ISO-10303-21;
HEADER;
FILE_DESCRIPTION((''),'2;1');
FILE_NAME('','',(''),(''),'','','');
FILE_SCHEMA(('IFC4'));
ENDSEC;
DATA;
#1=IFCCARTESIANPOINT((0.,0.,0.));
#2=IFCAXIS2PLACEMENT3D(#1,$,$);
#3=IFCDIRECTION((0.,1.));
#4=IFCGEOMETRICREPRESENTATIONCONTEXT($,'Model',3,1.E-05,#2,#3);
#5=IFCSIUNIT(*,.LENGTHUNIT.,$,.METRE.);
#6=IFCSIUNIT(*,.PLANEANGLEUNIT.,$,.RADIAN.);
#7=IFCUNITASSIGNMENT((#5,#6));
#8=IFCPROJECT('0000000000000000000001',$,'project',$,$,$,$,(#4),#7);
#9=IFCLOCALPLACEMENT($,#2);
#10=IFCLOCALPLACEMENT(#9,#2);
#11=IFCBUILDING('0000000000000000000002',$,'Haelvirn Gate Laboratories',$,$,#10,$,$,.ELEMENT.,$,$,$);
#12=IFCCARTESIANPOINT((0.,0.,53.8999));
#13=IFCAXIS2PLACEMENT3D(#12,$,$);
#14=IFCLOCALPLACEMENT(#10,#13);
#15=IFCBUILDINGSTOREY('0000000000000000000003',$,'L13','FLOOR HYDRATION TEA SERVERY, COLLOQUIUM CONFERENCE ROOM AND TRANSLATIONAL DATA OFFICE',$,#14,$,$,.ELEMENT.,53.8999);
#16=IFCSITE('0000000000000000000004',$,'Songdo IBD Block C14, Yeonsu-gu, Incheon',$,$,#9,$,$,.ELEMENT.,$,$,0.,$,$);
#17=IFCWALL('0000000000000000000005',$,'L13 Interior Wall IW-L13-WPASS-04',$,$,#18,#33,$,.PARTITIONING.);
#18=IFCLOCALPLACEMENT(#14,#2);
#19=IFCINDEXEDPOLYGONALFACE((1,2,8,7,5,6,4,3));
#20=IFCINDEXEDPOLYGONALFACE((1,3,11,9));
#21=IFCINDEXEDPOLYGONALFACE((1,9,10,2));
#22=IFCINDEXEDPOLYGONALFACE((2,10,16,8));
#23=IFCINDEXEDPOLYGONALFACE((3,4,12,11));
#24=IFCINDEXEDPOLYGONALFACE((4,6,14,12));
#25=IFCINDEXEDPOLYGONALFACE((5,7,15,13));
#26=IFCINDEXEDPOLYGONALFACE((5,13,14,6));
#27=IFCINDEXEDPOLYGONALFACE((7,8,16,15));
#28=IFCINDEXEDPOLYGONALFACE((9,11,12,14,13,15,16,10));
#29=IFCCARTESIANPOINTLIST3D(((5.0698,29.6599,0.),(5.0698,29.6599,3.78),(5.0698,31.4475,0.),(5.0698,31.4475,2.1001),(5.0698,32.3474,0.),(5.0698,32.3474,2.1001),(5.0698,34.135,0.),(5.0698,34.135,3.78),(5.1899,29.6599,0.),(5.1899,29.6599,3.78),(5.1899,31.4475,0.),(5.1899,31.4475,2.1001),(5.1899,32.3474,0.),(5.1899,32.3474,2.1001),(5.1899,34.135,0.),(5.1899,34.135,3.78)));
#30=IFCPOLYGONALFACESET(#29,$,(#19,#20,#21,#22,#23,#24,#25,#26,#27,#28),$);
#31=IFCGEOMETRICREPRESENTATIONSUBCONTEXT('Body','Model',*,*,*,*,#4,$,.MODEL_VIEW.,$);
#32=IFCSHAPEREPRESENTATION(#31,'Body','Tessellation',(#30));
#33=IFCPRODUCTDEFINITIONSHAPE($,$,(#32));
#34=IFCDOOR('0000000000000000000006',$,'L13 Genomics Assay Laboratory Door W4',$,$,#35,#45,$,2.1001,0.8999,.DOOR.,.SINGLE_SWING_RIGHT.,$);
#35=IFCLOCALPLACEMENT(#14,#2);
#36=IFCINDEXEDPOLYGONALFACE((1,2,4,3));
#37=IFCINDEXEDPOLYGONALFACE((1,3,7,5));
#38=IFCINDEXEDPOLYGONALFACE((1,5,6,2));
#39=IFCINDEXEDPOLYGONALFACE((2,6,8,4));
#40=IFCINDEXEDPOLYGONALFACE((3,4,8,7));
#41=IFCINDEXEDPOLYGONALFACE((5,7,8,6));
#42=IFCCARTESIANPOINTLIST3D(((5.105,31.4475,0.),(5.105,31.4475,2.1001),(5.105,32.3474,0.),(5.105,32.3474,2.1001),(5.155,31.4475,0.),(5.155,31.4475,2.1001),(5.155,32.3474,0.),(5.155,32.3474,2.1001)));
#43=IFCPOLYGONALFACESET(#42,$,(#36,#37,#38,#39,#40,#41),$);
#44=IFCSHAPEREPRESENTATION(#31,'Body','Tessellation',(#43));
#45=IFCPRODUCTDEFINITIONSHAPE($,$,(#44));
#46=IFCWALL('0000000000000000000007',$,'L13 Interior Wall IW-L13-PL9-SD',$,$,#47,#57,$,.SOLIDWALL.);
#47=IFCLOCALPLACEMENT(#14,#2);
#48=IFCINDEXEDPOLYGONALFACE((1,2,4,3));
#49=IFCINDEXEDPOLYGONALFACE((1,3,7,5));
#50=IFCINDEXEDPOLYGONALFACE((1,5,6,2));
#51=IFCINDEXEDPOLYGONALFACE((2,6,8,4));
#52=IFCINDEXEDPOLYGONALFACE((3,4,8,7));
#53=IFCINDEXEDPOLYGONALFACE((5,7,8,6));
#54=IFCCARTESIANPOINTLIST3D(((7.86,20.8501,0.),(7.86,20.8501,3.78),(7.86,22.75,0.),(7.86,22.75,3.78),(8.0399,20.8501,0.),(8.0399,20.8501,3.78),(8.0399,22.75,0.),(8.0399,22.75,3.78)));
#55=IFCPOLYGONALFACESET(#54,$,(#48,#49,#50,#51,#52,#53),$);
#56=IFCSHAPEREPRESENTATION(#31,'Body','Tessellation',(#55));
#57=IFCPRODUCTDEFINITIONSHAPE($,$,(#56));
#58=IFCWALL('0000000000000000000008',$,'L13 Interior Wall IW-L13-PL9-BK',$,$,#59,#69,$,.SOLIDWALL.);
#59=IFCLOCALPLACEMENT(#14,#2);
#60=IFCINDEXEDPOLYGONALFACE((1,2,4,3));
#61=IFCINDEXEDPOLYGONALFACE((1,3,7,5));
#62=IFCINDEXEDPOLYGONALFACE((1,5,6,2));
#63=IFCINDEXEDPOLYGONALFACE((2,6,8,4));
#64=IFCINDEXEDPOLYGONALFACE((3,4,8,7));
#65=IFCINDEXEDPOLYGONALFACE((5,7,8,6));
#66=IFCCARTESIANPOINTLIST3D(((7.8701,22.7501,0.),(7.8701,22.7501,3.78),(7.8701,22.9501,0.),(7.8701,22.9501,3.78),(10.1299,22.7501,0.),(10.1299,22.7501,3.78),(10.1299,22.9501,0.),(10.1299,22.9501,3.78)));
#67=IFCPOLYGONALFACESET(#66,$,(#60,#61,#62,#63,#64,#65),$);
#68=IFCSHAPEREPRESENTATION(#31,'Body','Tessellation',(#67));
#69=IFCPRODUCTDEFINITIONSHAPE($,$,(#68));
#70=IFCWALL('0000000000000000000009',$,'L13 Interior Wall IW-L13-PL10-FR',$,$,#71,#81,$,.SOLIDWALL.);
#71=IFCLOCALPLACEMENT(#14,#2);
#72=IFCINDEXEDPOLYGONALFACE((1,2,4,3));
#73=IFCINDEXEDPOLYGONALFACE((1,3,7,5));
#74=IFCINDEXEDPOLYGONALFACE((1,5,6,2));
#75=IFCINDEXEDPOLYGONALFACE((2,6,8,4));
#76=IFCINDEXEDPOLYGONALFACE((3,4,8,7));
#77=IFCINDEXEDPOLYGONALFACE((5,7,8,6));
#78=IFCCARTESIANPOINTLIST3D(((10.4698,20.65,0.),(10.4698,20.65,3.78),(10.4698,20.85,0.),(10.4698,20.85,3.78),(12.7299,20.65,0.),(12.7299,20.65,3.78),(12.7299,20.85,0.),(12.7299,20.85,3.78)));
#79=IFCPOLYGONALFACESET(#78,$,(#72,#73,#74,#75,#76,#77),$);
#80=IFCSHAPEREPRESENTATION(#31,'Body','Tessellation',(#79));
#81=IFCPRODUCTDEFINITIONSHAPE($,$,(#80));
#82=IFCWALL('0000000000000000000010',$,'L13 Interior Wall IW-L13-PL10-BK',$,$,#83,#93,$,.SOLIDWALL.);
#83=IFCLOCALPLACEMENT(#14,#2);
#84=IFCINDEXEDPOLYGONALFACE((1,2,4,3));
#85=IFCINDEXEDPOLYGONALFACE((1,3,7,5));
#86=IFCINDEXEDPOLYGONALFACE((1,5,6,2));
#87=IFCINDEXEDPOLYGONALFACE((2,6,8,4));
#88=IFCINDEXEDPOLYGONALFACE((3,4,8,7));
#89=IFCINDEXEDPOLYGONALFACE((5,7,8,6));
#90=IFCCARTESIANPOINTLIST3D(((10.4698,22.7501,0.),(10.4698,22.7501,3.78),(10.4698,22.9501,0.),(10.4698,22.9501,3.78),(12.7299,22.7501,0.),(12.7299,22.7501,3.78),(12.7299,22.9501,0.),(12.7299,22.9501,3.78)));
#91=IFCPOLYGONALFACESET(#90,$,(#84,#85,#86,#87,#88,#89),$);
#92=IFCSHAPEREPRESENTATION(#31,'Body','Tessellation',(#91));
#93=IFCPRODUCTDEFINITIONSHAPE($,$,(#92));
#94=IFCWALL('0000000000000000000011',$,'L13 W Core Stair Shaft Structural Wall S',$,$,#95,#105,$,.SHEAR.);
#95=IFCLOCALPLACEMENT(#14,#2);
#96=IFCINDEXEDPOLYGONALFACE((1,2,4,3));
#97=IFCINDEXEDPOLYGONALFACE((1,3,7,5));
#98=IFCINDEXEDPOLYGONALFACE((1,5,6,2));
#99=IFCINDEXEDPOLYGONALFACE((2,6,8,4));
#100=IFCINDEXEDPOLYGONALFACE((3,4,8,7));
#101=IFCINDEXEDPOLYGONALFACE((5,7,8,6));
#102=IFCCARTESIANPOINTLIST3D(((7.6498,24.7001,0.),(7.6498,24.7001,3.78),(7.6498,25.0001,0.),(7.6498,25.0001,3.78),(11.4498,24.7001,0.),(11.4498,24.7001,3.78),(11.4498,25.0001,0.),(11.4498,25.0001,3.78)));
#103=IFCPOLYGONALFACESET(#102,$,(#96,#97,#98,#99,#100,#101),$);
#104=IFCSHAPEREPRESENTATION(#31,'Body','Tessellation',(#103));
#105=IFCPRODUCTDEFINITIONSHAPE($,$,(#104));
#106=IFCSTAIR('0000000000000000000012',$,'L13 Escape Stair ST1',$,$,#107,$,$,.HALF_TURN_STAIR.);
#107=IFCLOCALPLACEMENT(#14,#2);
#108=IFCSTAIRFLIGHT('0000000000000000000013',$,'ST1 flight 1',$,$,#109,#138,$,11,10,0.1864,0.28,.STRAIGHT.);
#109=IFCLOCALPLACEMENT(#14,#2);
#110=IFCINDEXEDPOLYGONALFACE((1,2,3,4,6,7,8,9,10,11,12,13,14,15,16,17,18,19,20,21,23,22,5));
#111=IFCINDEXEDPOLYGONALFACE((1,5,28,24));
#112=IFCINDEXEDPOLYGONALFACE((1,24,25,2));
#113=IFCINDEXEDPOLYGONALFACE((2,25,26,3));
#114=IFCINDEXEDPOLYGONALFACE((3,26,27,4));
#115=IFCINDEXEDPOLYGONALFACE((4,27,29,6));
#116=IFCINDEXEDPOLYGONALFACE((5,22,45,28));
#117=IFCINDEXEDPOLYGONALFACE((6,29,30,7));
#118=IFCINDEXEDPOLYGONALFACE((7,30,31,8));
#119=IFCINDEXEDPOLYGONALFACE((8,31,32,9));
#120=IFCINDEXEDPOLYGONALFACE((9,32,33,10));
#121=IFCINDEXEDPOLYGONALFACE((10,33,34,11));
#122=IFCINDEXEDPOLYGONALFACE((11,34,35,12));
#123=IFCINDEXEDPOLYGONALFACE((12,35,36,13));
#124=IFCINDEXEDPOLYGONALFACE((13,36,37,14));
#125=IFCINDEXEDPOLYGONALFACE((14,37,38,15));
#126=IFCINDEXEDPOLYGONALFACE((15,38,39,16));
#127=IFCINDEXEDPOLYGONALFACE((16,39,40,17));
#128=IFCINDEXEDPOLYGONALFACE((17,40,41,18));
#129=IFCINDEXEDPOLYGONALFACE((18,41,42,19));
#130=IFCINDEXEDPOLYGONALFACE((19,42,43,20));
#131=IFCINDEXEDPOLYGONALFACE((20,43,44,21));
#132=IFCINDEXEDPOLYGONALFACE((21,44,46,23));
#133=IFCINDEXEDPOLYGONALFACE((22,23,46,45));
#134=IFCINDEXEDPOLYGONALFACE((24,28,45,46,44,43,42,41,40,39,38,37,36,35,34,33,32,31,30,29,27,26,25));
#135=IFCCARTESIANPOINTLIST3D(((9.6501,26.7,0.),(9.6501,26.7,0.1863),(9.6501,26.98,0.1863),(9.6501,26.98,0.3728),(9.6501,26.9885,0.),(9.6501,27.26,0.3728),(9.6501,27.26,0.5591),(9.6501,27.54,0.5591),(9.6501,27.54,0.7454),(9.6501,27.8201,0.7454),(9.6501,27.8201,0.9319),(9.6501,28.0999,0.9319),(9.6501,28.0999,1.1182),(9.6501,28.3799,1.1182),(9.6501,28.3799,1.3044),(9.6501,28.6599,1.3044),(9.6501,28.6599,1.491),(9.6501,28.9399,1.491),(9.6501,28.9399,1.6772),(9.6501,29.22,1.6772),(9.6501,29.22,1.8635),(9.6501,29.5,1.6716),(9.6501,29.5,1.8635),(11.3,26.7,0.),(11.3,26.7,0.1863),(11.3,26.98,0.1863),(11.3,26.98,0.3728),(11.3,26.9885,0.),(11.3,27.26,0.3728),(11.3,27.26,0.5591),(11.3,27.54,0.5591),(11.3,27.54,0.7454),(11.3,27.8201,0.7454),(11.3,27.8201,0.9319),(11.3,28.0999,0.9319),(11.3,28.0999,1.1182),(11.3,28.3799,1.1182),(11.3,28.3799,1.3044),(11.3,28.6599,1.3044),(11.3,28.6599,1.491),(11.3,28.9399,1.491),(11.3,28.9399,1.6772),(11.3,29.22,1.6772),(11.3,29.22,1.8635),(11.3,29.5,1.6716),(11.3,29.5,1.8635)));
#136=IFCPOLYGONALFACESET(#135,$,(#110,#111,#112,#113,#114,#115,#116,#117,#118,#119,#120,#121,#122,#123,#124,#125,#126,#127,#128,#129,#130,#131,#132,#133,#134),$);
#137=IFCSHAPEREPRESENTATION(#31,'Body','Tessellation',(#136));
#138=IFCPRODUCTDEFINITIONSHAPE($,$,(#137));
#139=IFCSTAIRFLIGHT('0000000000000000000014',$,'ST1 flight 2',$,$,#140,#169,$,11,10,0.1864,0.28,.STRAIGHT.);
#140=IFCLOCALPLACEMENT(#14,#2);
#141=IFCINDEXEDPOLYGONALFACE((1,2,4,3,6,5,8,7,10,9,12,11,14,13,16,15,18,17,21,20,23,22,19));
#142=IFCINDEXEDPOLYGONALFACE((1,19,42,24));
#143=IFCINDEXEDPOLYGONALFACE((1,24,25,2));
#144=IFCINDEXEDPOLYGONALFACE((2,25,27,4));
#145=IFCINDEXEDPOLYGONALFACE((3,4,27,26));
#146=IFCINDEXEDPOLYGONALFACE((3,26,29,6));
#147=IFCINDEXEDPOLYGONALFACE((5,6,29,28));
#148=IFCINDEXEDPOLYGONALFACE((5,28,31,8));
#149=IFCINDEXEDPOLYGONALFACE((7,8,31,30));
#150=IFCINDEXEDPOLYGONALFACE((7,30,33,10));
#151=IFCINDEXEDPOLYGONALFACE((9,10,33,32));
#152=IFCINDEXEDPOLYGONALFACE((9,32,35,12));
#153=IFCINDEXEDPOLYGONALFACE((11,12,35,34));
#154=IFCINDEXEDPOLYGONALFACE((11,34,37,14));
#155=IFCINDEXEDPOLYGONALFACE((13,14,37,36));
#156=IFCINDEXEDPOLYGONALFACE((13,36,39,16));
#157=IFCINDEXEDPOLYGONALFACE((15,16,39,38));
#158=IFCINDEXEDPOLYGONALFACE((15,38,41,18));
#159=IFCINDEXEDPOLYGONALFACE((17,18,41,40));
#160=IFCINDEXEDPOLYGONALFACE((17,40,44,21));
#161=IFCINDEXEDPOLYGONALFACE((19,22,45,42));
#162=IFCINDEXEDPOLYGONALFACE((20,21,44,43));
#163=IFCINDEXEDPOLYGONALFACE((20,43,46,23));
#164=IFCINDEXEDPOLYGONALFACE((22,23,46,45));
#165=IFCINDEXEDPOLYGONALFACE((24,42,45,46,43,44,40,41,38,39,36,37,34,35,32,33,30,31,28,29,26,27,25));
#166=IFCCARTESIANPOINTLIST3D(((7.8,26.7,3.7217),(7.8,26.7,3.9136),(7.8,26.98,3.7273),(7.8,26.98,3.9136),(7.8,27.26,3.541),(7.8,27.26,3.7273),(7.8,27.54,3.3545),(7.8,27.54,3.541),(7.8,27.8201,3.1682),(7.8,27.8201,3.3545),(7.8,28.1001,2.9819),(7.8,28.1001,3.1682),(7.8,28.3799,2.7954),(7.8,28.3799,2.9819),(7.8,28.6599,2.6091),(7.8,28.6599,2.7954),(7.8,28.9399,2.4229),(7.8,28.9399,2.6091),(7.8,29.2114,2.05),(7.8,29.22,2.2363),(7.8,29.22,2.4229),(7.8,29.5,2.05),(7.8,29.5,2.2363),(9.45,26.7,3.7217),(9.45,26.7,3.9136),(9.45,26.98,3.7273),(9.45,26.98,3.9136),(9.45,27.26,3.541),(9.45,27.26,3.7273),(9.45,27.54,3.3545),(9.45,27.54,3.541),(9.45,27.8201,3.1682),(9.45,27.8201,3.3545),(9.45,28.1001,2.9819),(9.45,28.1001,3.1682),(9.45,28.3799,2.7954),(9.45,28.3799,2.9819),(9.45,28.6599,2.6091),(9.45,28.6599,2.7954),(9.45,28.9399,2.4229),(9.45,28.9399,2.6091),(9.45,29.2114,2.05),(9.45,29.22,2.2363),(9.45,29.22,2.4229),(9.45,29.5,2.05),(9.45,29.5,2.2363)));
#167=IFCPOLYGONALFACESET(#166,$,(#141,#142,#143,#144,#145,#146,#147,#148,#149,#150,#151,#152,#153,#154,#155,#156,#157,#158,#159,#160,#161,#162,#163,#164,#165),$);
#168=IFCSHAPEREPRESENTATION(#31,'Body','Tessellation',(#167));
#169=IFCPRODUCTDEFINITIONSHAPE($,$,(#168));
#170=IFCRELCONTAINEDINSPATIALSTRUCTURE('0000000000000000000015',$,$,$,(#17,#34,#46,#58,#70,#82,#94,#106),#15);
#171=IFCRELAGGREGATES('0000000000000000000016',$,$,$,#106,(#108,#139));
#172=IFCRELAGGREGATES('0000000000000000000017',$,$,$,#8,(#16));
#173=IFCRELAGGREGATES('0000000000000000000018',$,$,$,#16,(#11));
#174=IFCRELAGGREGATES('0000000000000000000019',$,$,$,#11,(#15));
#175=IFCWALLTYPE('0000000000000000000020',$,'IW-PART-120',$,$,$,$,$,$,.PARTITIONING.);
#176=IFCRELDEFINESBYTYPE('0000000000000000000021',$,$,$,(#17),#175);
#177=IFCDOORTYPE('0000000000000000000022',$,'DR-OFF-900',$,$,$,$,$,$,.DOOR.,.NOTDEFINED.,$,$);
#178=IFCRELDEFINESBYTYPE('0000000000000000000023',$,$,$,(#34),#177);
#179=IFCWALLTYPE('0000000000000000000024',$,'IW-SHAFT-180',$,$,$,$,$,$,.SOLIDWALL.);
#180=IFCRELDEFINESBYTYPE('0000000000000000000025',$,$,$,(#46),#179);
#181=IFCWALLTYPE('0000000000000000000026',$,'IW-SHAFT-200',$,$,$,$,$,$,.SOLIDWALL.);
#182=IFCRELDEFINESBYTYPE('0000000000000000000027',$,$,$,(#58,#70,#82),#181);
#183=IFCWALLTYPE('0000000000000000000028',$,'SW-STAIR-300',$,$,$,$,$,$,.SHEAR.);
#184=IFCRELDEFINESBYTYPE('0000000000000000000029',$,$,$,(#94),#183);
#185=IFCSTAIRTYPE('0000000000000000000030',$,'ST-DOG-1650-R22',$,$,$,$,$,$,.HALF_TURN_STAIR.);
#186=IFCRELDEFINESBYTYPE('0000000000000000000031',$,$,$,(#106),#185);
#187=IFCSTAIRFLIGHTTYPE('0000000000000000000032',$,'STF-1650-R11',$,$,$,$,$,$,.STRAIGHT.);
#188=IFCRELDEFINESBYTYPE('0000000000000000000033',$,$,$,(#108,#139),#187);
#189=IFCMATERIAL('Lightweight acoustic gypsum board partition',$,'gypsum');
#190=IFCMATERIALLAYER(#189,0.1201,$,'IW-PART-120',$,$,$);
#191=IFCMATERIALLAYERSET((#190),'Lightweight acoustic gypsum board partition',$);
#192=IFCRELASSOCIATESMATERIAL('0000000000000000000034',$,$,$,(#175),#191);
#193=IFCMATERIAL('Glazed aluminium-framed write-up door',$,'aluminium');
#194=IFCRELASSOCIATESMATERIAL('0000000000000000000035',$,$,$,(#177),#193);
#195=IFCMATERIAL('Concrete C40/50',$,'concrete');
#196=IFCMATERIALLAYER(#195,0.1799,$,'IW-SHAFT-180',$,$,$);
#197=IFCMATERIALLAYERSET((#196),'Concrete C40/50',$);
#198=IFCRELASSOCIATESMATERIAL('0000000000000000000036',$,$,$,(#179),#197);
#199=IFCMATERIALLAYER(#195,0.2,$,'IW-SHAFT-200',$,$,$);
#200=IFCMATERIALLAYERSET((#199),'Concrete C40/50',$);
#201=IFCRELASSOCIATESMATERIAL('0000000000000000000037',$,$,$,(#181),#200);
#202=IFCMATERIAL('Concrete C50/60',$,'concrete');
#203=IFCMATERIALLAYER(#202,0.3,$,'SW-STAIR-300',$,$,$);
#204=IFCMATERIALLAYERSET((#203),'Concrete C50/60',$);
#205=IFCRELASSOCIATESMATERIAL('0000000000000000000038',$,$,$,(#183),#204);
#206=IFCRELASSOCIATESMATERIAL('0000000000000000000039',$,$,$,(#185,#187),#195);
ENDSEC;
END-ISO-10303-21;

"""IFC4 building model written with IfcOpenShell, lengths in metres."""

from ifc_helpers import new_model, si_unit, direction, frame, frame_2d, origin, place, context, subcontext, project, spatial, polyline, rectangle, outline, extrude, source, transform, mapped, material, layer, layer_set, type_object, type_shapes, element, fill, aggregate, save


model = new_model("IFC4")

# Units and contexts
model_context = context("Model", 3, precision=1e-05, world=origin(), true_north=direction((0.0, 1.0)))
body_context = subcontext(model_context, "Body", "Model", "MODEL_VIEW")
ifc_project = project(units=[si_unit("LENGTHUNIT", "METRE"), si_unit("PLANEANGLEUNIT", "RADIAN")], contexts=[model_context])

# Site, building, storey
site_placement = place(None, origin())
site = spatial("IfcSite", under=ifc_project, at=site_placement, Name="Songdo IBD Block C14, Yeonsu-gu, Incheon", CompositionType="ELEMENT", RefElevation=0.0)
building_placement = place(site_placement, origin())
building = spatial("IfcBuilding", under=site, at=building_placement, Name="Haelvirn Gate Laboratories", CompositionType="ELEMENT")
storey_placement = place(building_placement, frame((0.0, 0.0, 53.8999)))
storey = spatial("IfcBuildingStorey", under=building, at=storey_placement, Name="L13", Description="FLOOR HYDRATION TEA SERVERY, COLLOQUIUM CONFERENCE ROOM AND TRANSLATIONAL DATA OFFICE", CompositionType="ELEMENT", Elevation=53.8999)

# Shared definitions
ifc_material_1 = material(Name="Lightweight acoustic gypsum board partition", Category="gypsum")
ifc_layer_1 = layer(ifc_material_1, 0.1201, Name="IW-PART-120")
ifc_layer_set_1 = layer_set([ifc_layer_1], Name="Lightweight acoustic gypsum board partition")
wall_type_1 = type_object("IfcWallType", Name="IW-PART-120", PredefinedType="PARTITIONING", material=ifc_layer_set_1)

# Shared definitions
ifc_material_2 = material(Name="Glazed aluminium-framed write-up door", Category="aluminium")
door_type = type_object("IfcDoorType", Name="DR-OFF-900", OperationType="NOTDEFINED", PredefinedType="DOOR", material=ifc_material_2)
shared_shape_1 = source(origin(), body_context, "Body", "SweptSolid", [
    extrude(rectangle(XDim=0.8999, YDim=2.1001, at=frame_2d((0.45, 1.05))), frame((0.0, 0.0249, 0.0), z_axis=(0.0, -1.0, 0.0), x_axis=(1.0, 0.0, 0.0)), (0.0, 0.0, 1.0), 0.05),
])
type_shapes(door_type, [shared_shape_1])

# Wall, opening, door
wall_1_placement = place(storey_placement, frame((5.1299, 29.6599, 0.0), z_axis=(0.0, 0.0, 1.0), x_axis=(0.0, 1.0, 0.0)))
wall_1 = element("IfcWall", 1, at=wall_1_placement, inside=storey, type_object=wall_type_1, Name="L13 Interior Wall IW-L13-WPASS-04", PredefinedType="PARTITIONING", context=body_context, shape_type="SweptSolid", body=[
    extrude(rectangle(XDim=4.4751, YDim=0.1201, at=frame_2d((2.2375, 0.0))), origin(), (0.0, 0.0, 1.0), 3.78),
])
opening_1_placement = place(wall_1_placement, frame((1.7876, 0.0, 0.0)))
opening_1 = element("IfcOpeningElement", 2, at=opening_1_placement, cuts=wall_1, PredefinedType="OPENING", context=body_context, shape_type="SweptSolid", body=[
    extrude(rectangle(XDim=0.8999, YDim=2.1001, at=frame_2d((0.45, 1.05))), frame((0.0, 0.0701, 0.0), z_axis=(0.0, -1.0, 0.0), x_axis=(1.0, 0.0, 0.0)), (0.0, 0.0, 1.0), 0.1401),
])
door_1_placement = place(opening_1_placement, origin())
door_1 = element("IfcDoor", 3, at=door_1_placement, inside=storey, type_object=door_type, Name="L13 Genomics Assay Laboratory Door W4", OperationType="SINGLE_SWING_RIGHT", OverallHeight=2.1001, OverallWidth=0.8999, PredefinedType="DOOR", context=body_context, shape_type="MappedRepresentation", body=[
    mapped(shared_shape_1, transform((0.0, 0.0, 0.0), scale=1.0)),
])
fill(opening_1, door_1)

# Walls
ifc_material_3 = material(Name="Concrete C40/50", Category="concrete")
ifc_layer_2 = layer(ifc_material_3, 0.1799, Name="IW-SHAFT-180")
ifc_layer_set_2 = layer_set([ifc_layer_2], Name="Concrete C40/50")
wall_type_2 = type_object("IfcWallType", Name="IW-SHAFT-180", PredefinedType="SOLIDWALL", material=ifc_layer_set_2)
wall_2_placement = place(storey_placement, frame((7.95, 20.8501, 0.0), z_axis=(0.0, 0.0, 1.0), x_axis=(0.0, 1.0, 0.0)))
element("IfcWall", 4, at=wall_2_placement, inside=storey, type_object=wall_type_2, Name="L13 Interior Wall IW-L13-PL9-SD", PredefinedType="SOLIDWALL", context=body_context, shape_type="SweptSolid", body=[
    extrude(rectangle(XDim=1.8999, YDim=0.1799, at=frame_2d((0.95, 0.0))), origin(), (0.0, 0.0, 1.0), 3.78),
])
ifc_layer_3 = layer(ifc_material_3, 0.2, Name="IW-SHAFT-200")
ifc_layer_set_3 = layer_set([ifc_layer_3], Name="Concrete C40/50")
wall_type_3 = type_object("IfcWallType", Name="IW-SHAFT-200", PredefinedType="SOLIDWALL", material=ifc_layer_set_3)
wall_3_placement = place(storey_placement, frame((7.8701, 22.8501, 0.0), z_axis=(0.0, 0.0, 1.0), x_axis=(1.0, 0.0, 0.0)))
element("IfcWall", 5, at=wall_3_placement, inside=storey, type_object=wall_type_3, Name="L13 Interior Wall IW-L13-PL9-BK", PredefinedType="SOLIDWALL", context=body_context, shape_type="SweptSolid", body=[
    extrude(rectangle(XDim=2.2598, YDim=0.2, at=frame_2d((1.1299, 0.0))), origin(), (0.0, 0.0, 1.0), 3.78),
])
for number, where, z_axis, x_axis, name in (
    (6, (10.47, 20.75, 0.0), (0.0, 0.0, 1.0), (1.0, 0.0, 0.0), "L13 Interior Wall IW-L13-PL10-FR"),
    (7, (10.47, 22.8501, 0.0), (0.0, 0.0, 1.0), (1.0, 0.0, 0.0), "L13 Interior Wall IW-L13-PL10-BK"),
):
    element("IfcWall", number, at=place(storey_placement, frame(where, z_axis=z_axis, x_axis=x_axis)), inside=storey, type_object=wall_type_3, Name=name, PredefinedType="SOLIDWALL", context=body_context, shape_type="SweptSolid", body=[
        extrude(rectangle(XDim=2.26, YDim=0.2, at=frame_2d((1.1299, 0.0))), origin(), (0.0, 0.0, 1.0), 3.78),
    ])
ifc_material_4 = material(Name="Concrete C50/60", Category="concrete")
ifc_layer_4 = layer(ifc_material_4, 0.3, Name="SW-STAIR-300")
ifc_layer_set_4 = layer_set([ifc_layer_4], Name="Concrete C50/60")
wall_type_4 = type_object("IfcWallType", Name="SW-STAIR-300", PredefinedType="SHEAR", material=ifc_layer_set_4)
wall_4_placement = place(storey_placement, frame((7.6499, 24.8501, 0.0), z_axis=(0.0, 0.0, 1.0), x_axis=(1.0, 0.0, 0.0)))
element("IfcWall", 8, at=wall_4_placement, inside=storey, type_object=wall_type_4, Name="L13 W Core Stair Shaft Structural Wall S", PredefinedType="SHEAR", context=body_context, shape_type="SweptSolid", body=[
    extrude(rectangle(XDim=3.8, YDim=0.3, at=frame_2d((1.8999, 0.0))), origin(), (0.0, 0.0, 1.0), 3.78),
])

# Stair, stair flights
stair_type = type_object("IfcStairType", Name="ST-DOG-1650-R22", PredefinedType="HALF_TURN_STAIR", material=ifc_material_3)
stair_placement = place(storey_placement, origin())
stair = element("IfcStair", 9, at=stair_placement, inside=storey, type_object=stair_type, Name="L13 Escape Stair ST1", PredefinedType="HALF_TURN_STAIR")
stair_flight_type = type_object("IfcStairFlightType", Name="STF-1650-R11", PredefinedType="STRAIGHT", material=ifc_material_3)
shared_shape_2 = source(origin(), body_context, "Body", "SweptSolid", [
    extrude(outline(polyline([(0.0, 0.0), (0.0, 0.1863), (0.28, 0.1863), (0.28, 0.3728), (0.5601, 0.3728), (0.5601, 0.5591), (0.8401, 0.5591), (0.8401, 0.7454), (1.1201, 0.7454), (1.1201, 0.9319), (1.3999, 0.9319), (1.3999, 1.1182), (1.6799, 1.1182), (1.6799, 1.3044), (1.96, 1.3044), (1.96, 1.491), (2.24, 1.491), (2.24, 1.6772), (2.52, 1.6772), (2.52, 1.8635), (2.8, 1.8635), (2.8, 2.05), (2.8, 1.6716), (0.2886, 0.0), (0.0, 0.0)])), frame((0.0, 0.825, 0.0), z_axis=(0.0, -1.0, 0.0), x_axis=(1.0, 0.0, 0.0)), (0.0, 0.0, 1.0), 1.6499),
])
type_shapes(stair_flight_type, [shared_shape_2])
stair_flight_1_placement = place(storey_placement, frame((10.4751, 26.7, 0.0), z_axis=(0.0, 0.0, 1.0), x_axis=(0.0, 1.0, 0.0)))
stair_flight_1 = element("IfcStairFlight", 10, at=stair_flight_1_placement, type_object=stair_flight_type, Name="ST1 flight 1", NumberOfRisers=11, NumberOfTreads=10, PredefinedType="STRAIGHT", RiserHeight=0.1864, TreadLength=0.28, context=body_context, shape_type="MappedRepresentation", body=[
    mapped(shared_shape_2, transform((0.0, 0.0, 0.0), scale=1.0)),
])
stair_flight_2_placement = place(storey_placement, frame((8.625, 29.5, 2.05), z_axis=(0.0, 0.0, 1.0), x_axis=(0.0, -1.0, 0.0)))
stair_flight_2 = element("IfcStairFlight", 11, at=stair_flight_2_placement, type_object=stair_flight_type, Name="ST1 flight 2", NumberOfRisers=11, NumberOfTreads=10, PredefinedType="STRAIGHT", RiserHeight=0.1864, TreadLength=0.28, context=body_context, shape_type="MappedRepresentation", body=[
    mapped(shared_shape_2, transform((0.0, 0.0, 0.0), scale=1.0)),
])
aggregate(stair, [stair_flight_1, stair_flight_2])

save(model, "model.ifc")
